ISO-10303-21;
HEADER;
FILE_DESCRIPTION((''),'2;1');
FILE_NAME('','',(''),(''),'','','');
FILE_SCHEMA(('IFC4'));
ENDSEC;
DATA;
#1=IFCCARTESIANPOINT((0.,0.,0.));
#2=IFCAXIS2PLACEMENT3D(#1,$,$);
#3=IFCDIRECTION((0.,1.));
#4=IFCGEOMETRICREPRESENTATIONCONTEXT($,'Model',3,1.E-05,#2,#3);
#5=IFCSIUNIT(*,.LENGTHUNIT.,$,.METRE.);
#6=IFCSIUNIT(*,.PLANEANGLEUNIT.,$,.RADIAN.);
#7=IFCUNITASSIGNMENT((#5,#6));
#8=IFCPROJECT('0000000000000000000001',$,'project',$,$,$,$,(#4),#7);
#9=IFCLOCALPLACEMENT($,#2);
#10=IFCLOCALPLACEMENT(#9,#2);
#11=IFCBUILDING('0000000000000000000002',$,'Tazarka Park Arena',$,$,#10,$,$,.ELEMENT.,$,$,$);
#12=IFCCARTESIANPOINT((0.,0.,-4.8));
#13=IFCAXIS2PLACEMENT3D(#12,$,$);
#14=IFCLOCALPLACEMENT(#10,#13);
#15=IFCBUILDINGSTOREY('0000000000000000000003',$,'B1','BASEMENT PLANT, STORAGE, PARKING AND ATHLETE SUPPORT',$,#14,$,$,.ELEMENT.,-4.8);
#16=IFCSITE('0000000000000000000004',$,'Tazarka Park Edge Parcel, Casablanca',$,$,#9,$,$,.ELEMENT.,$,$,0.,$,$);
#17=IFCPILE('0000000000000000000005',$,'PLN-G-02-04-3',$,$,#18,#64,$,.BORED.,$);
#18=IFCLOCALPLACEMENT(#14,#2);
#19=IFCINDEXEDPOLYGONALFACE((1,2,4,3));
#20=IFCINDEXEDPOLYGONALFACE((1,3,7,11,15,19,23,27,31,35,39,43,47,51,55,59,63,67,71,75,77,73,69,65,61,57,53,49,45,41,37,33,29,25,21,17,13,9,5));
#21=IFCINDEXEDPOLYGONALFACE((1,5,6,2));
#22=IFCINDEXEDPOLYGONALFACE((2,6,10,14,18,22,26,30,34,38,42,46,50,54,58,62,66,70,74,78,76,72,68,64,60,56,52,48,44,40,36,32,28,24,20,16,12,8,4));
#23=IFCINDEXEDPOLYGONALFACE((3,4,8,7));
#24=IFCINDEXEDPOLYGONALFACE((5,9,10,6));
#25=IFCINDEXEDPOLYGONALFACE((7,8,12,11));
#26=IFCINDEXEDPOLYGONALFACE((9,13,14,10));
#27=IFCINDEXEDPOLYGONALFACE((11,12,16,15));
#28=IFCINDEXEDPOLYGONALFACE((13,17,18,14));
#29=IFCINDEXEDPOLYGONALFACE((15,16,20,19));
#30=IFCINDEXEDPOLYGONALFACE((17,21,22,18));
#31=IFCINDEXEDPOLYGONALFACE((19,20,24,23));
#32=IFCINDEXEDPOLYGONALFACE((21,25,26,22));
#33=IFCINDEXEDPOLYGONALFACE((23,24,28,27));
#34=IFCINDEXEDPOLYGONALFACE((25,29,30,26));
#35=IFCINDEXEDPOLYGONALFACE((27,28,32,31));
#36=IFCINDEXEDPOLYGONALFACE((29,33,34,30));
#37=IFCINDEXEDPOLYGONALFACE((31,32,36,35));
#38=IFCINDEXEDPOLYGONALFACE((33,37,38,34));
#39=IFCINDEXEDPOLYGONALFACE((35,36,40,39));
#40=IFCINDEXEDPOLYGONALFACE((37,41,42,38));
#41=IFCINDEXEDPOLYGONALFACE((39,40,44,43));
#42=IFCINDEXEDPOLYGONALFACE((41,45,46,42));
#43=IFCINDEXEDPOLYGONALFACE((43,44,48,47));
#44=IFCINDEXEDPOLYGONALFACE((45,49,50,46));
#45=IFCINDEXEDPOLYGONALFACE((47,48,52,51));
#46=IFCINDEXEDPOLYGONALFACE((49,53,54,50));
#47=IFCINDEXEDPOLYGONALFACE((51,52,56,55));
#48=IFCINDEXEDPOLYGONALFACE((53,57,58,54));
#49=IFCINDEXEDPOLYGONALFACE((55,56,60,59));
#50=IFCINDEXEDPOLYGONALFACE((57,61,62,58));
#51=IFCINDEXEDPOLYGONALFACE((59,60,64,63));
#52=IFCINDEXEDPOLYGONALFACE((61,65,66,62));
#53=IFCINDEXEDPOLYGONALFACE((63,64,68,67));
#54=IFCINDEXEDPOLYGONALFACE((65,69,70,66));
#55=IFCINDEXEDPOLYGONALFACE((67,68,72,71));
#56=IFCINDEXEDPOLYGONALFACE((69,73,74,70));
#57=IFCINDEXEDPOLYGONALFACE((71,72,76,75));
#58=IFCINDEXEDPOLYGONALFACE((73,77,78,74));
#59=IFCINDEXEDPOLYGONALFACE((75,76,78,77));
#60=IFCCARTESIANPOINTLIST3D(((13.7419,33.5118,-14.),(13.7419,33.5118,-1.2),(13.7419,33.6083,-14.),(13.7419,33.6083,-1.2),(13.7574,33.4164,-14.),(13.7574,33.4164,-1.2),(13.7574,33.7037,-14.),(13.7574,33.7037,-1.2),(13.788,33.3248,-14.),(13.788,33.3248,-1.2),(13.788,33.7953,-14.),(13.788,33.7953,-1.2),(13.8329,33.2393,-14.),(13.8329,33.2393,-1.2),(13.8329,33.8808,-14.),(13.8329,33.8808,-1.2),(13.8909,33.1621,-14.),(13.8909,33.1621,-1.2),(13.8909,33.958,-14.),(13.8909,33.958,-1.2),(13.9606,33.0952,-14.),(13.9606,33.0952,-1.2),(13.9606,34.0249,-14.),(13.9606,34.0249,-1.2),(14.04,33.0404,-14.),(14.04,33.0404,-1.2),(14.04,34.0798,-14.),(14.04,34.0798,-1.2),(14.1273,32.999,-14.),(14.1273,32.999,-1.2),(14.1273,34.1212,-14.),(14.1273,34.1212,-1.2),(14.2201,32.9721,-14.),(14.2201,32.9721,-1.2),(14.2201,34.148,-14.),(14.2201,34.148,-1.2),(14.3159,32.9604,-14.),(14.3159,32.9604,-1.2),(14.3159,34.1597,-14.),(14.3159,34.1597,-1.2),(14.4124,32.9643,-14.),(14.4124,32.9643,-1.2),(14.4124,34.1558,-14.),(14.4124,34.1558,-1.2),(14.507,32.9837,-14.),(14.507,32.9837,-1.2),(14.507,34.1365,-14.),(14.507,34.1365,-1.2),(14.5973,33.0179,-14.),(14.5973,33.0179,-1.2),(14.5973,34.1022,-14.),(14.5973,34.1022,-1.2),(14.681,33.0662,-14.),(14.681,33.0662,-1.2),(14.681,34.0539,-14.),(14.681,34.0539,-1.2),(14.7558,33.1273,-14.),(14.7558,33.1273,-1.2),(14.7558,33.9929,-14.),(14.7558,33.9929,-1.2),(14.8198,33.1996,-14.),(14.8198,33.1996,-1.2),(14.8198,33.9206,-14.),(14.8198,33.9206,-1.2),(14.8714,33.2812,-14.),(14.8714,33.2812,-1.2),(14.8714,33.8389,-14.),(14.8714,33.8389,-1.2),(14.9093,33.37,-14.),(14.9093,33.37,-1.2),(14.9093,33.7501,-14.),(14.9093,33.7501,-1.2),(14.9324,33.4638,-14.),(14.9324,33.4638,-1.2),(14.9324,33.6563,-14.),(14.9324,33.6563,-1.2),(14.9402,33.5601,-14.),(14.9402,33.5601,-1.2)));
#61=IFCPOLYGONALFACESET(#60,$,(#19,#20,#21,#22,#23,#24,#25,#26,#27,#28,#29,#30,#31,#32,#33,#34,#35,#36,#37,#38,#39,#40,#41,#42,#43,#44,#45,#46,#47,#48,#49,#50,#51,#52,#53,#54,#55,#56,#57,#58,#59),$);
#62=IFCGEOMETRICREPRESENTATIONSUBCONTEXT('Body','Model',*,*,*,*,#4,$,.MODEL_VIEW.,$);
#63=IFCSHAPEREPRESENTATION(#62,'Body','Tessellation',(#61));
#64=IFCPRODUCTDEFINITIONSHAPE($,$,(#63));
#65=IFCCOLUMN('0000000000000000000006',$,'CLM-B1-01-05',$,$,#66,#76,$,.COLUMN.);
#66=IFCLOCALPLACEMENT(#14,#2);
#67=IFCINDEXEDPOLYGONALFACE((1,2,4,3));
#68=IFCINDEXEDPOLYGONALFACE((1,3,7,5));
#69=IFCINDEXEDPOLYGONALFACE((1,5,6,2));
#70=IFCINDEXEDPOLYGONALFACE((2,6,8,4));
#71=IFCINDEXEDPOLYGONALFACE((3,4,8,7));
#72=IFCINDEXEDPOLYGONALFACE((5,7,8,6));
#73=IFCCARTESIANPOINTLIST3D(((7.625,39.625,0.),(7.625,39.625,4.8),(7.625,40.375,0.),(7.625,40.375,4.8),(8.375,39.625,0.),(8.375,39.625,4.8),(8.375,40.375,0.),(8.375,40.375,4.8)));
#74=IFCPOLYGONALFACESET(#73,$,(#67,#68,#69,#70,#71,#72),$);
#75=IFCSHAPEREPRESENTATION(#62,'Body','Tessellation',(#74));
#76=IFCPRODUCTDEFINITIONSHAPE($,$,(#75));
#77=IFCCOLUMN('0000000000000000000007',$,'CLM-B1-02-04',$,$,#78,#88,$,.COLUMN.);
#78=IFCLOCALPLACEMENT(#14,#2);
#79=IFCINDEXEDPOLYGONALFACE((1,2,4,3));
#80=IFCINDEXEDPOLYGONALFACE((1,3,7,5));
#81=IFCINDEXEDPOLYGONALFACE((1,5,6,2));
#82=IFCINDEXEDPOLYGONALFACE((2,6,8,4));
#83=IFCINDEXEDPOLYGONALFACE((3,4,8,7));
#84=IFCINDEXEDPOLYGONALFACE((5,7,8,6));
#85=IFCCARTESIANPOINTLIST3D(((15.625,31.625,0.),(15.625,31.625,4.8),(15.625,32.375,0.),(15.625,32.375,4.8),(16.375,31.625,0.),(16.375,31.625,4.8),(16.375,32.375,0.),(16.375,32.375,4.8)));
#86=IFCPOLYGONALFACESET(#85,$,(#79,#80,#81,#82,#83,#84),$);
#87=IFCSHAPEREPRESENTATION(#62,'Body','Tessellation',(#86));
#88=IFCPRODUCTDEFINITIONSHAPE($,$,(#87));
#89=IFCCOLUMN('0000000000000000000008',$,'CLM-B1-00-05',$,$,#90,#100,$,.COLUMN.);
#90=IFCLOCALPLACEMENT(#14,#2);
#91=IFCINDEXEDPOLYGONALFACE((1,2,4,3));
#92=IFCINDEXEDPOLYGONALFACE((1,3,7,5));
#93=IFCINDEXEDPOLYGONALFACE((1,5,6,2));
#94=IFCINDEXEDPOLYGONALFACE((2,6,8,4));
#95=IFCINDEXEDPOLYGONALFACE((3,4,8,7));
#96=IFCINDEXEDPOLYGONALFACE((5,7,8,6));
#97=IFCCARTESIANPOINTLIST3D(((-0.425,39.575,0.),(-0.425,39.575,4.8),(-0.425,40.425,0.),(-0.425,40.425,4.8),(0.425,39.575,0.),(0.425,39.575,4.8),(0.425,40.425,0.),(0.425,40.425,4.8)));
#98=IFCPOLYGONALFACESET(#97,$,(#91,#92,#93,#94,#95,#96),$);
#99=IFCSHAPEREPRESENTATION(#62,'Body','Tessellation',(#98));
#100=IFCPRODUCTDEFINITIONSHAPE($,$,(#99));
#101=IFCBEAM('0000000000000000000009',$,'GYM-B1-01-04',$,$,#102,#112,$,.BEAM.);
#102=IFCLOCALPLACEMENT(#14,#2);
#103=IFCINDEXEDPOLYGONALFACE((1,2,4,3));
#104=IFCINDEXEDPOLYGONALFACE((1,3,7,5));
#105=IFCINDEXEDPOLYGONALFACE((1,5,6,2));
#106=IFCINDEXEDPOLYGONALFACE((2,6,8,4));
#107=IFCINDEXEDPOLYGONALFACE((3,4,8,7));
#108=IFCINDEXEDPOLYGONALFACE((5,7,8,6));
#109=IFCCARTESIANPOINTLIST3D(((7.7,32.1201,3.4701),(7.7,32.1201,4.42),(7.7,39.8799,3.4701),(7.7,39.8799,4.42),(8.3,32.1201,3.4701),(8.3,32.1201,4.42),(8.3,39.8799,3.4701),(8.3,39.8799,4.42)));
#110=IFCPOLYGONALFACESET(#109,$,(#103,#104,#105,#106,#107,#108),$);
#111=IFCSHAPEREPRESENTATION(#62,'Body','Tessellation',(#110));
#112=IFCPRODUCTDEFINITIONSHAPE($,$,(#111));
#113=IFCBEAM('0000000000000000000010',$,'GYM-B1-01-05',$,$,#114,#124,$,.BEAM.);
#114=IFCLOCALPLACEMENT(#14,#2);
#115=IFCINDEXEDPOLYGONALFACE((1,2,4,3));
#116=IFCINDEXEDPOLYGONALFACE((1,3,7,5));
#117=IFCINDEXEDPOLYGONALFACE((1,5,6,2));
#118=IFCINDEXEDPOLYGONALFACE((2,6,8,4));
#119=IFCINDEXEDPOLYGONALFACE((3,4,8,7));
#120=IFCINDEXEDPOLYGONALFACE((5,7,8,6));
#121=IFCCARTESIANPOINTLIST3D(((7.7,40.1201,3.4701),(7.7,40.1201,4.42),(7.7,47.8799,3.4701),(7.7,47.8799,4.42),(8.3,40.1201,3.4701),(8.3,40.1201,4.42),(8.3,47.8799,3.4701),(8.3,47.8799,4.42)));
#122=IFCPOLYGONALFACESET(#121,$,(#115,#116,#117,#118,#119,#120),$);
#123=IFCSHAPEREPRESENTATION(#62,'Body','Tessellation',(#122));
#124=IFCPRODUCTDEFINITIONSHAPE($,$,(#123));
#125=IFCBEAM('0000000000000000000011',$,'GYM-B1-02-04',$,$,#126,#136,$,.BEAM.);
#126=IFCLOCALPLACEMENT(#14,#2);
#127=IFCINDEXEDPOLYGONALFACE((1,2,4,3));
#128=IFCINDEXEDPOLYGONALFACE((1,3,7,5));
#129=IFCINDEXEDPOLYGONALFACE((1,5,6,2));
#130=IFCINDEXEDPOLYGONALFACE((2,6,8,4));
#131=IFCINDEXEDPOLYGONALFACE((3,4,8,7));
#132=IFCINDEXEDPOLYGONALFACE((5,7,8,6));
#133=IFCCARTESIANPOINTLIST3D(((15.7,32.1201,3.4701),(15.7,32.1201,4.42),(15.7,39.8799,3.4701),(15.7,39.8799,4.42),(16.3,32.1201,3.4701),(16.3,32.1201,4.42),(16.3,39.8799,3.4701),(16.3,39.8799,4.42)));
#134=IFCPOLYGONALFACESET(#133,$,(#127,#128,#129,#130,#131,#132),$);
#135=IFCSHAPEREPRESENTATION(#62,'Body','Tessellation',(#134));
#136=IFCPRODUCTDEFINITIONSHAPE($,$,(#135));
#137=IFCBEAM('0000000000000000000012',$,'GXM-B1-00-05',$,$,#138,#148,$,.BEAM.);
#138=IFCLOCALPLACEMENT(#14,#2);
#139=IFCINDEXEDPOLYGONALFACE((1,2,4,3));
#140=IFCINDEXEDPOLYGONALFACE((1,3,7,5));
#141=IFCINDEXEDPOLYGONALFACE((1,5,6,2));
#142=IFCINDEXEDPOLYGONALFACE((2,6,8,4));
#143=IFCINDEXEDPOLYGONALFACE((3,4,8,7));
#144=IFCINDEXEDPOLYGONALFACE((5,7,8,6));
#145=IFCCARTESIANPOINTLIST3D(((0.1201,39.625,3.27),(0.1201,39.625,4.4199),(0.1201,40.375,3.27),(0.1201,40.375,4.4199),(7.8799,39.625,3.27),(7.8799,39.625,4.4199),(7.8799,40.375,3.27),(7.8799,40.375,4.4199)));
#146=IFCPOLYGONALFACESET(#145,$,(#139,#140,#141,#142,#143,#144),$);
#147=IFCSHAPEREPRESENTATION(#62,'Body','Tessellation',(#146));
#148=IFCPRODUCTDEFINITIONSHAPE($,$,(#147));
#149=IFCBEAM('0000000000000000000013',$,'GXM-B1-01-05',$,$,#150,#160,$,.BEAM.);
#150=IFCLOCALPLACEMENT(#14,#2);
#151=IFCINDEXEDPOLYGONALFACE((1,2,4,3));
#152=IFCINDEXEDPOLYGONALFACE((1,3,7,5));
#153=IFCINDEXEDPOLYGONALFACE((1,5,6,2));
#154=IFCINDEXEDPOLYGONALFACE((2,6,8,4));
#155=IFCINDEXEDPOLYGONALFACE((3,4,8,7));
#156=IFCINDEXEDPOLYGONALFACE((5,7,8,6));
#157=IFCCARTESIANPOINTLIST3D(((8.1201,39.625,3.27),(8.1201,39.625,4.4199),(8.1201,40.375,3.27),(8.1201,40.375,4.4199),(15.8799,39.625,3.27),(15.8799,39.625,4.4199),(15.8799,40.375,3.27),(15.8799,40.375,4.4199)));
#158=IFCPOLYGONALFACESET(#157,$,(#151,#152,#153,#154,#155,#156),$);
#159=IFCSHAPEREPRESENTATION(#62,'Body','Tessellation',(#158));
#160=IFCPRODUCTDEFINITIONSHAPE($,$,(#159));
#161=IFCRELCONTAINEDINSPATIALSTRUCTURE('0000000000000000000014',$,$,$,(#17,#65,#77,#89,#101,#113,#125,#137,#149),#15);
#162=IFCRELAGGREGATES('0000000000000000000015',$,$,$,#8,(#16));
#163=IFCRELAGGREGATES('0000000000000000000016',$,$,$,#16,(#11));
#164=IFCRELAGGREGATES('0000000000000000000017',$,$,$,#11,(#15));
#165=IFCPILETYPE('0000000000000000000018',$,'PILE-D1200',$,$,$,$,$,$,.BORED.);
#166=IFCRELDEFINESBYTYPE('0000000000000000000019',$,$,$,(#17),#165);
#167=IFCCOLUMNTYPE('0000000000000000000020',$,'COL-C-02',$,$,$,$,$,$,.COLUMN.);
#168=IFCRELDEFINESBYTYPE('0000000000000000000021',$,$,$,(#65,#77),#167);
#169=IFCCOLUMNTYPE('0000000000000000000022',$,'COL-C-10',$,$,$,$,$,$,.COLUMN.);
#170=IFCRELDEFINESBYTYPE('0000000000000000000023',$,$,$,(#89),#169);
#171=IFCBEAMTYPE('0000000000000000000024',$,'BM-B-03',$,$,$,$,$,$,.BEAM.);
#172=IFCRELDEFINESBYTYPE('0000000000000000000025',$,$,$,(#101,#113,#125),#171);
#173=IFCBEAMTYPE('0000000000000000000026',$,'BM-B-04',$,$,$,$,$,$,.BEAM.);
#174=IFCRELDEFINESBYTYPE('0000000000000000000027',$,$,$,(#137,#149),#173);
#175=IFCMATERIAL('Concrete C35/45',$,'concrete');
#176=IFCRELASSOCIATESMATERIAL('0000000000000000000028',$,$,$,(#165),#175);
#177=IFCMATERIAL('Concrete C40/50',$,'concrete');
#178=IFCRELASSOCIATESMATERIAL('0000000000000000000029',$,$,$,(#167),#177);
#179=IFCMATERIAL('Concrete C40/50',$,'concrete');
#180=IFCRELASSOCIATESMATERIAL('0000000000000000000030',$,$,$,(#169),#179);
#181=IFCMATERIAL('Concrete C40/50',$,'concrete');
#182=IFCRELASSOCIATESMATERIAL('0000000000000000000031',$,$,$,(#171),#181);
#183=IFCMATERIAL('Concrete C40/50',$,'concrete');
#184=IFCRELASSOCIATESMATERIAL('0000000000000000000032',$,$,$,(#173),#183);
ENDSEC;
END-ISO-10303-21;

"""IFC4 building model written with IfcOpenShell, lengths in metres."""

from ifc_helpers import new_model, si_unit, direction, frame, origin, origin_2d, place, context, subcontext, project, spatial, rectangle, circle, extrude, material, material_profile, profile_set, type_object, element, save


model = new_model("IFC4")

# Units and contexts
model_context = context("Model", 3, precision=1e-05, world=origin(), true_north=direction((0.0, 1.0)))
body_context = subcontext(model_context, "Body", "Model", "MODEL_VIEW")
ifc_project = project(units=[si_unit("LENGTHUNIT", "METRE"), si_unit("PLANEANGLEUNIT", "RADIAN")], contexts=[model_context])

# Site, building, storey
site_placement = place(None, origin())
site = spatial("IfcSite", under=ifc_project, at=site_placement, Name="Tazarka Park Edge Parcel, Casablanca", CompositionType="ELEMENT", RefElevation=0.0)
building_placement = place(site_placement, origin())
building = spatial("IfcBuilding", under=site, at=building_placement, Name="Tazarka Park Arena", CompositionType="ELEMENT")
storey_placement = place(building_placement, frame((0.0, 0.0, -4.8)))
storey = spatial("IfcBuildingStorey", under=building, at=storey_placement, Name="B1", Description="BASEMENT PLANT, STORAGE, PARKING AND ATHLETE SUPPORT", CompositionType="ELEMENT", Elevation=-4.8)

# Pile
ifc_material_1 = material(Name="Concrete C35/45", Category="concrete")
ifc_material_profile_1 = material_profile(ifc_material_1, circle(Radius=0.6001, at=origin_2d()), Name="Concrete C35/45")
ifc_profile_set_1 = profile_set([ifc_material_profile_1], Name="Concrete C35/45")
pile_type_1 = type_object("IfcPileType", Name="PILE-D1200", PredefinedType="BORED", material=ifc_profile_set_1)
pile_placement = place(storey_placement, frame((14.3401, 33.5601, -1.2), z_axis=(0.0, 0.0, -1.0), x_axis=(1.0, 0.0, 0.0)))
element("IfcPile", 1, at=pile_placement, inside=storey, type_object=pile_type_1, Name="PLN-G-02-04-3", PredefinedType="BORED", context=body_context, shape_type="SweptSolid", body=[
    extrude(circle(Radius=0.6001, at=origin_2d()), origin(), (0.0, 0.0, 1.0), 12.8),
])

# Columns
ifc_material_2 = material(Name="Concrete C40/50", Category="concrete")
ifc_material_profile_2 = material_profile(ifc_material_2, rectangle(XDim=0.75, YDim=0.75, at=origin_2d()), Name="Concrete C40/50")
ifc_profile_set_2 = profile_set([ifc_material_profile_2], Name="Concrete C40/50")
column_type_1 = type_object("IfcColumnType", Name="COL-C-02", PredefinedType="COLUMN", material=ifc_profile_set_2)
for number, where, z_axis, x_axis, name in (
    (2, (8.0, 40.0, 0.0), (0.0, 0.0, 1.0), (1.0, 0.0, 0.0), "CLM-B1-01-05"),
    (3, (16.0, 32.0, 0.0), (0.0, 0.0, 1.0), (1.0, 0.0, 0.0), "CLM-B1-02-04"),
):
    element("IfcColumn", number, at=place(storey_placement, frame(where, z_axis=z_axis, x_axis=x_axis)), inside=storey, type_object=column_type_1, Name=name, PredefinedType="COLUMN", context=body_context, shape_type="SweptSolid", body=[
        extrude(rectangle(XDim=0.75, YDim=0.75, at=origin_2d()), origin(), (0.0, 0.0, 1.0), 4.8),
    ])
ifc_material_3 = material(Name="Concrete C40/50", Category="concrete")
ifc_material_profile_3 = material_profile(ifc_material_3, rectangle(XDim=0.8501, YDim=0.8501, at=origin_2d()), Name="Concrete C40/50")
ifc_profile_set_3 = profile_set([ifc_material_profile_3], Name="Concrete C40/50")
column_type_2 = type_object("IfcColumnType", Name="COL-C-10", PredefinedType="COLUMN", material=ifc_profile_set_3)
column_placement = place(storey_placement, frame((0.0, 40.0, 0.0), z_axis=(0.0, 0.0, 1.0), x_axis=(1.0, 0.0, 0.0)))
element("IfcColumn", 4, at=column_placement, inside=storey, type_object=column_type_2, Name="CLM-B1-00-05", PredefinedType="COLUMN", context=body_context, shape_type="SweptSolid", body=[
    extrude(rectangle(XDim=0.8501, YDim=0.8501, at=origin_2d()), origin(), (0.0, 0.0, 1.0), 4.8),
])

# Beams
ifc_material_4 = material(Name="Concrete C40/50", Category="concrete")
ifc_material_profile_4 = material_profile(ifc_material_4, rectangle(XDim=0.6001, YDim=0.95, at=origin_2d()), Name="Concrete C40/50")
ifc_profile_set_4 = profile_set([ifc_material_profile_4], Name="Concrete C40/50")
beam_type_1 = type_object("IfcBeamType", Name="BM-B-03", PredefinedType="BEAM", material=ifc_profile_set_4)
for number, where, z_axis, x_axis, name in (
    (5, (8.0, 32.1201, 3.9451), (0.0, 1.0, 0.0), (-1.0, 0.0, 0.0), "GYM-B1-01-04"),
    (6, (8.0, 40.1201, 3.9451), (0.0, 1.0, 0.0), (-1.0, 0.0, 0.0), "GYM-B1-01-05"),
    (7, (16.0, 32.1201, 3.9451), (0.0, 1.0, 0.0), (-1.0, 0.0, 0.0), "GYM-B1-02-04"),
):
    element("IfcBeam", number, at=place(storey_placement, frame(where, z_axis=z_axis, x_axis=x_axis)), inside=storey, type_object=beam_type_1, Name=name, PredefinedType="BEAM", context=body_context, shape_type="SweptSolid", body=[
        extrude(rectangle(XDim=0.6001, YDim=0.95, at=origin_2d()), origin(), (0.0, 0.0, 1.0), 7.7598),
    ])
ifc_material_5 = material(Name="Concrete C40/50", Category="concrete")
ifc_material_profile_5 = material_profile(ifc_material_5, rectangle(XDim=0.75, YDim=1.1499, at=origin_2d()), Name="Concrete C40/50")
ifc_profile_set_5 = profile_set([ifc_material_profile_5], Name="Concrete C40/50")
beam_type_2 = type_object("IfcBeamType", Name="BM-B-04", PredefinedType="BEAM", material=ifc_profile_set_5)
for number, where, z_axis, x_axis, name in (
    (8, (0.1201, 40.0, 3.845), (1.0, 0.0, 0.0), (0.0, 1.0, 0.0), "GXM-B1-00-05"),
    (9, (8.1201, 40.0, 3.845), (1.0, 0.0, 0.0), (0.0, 1.0, 0.0), "GXM-B1-01-05"),
):
    element("IfcBeam", number, at=place(storey_placement, frame(where, z_axis=z_axis, x_axis=x_axis)), inside=storey, type_object=beam_type_2, Name=name, PredefinedType="BEAM", context=body_context, shape_type="SweptSolid", body=[
        extrude(rectangle(XDim=0.75, YDim=1.1499, at=origin_2d()), origin(), (0.0, 0.0, 1.0), 7.7598),
    ])

save(model, "model.ifc")
